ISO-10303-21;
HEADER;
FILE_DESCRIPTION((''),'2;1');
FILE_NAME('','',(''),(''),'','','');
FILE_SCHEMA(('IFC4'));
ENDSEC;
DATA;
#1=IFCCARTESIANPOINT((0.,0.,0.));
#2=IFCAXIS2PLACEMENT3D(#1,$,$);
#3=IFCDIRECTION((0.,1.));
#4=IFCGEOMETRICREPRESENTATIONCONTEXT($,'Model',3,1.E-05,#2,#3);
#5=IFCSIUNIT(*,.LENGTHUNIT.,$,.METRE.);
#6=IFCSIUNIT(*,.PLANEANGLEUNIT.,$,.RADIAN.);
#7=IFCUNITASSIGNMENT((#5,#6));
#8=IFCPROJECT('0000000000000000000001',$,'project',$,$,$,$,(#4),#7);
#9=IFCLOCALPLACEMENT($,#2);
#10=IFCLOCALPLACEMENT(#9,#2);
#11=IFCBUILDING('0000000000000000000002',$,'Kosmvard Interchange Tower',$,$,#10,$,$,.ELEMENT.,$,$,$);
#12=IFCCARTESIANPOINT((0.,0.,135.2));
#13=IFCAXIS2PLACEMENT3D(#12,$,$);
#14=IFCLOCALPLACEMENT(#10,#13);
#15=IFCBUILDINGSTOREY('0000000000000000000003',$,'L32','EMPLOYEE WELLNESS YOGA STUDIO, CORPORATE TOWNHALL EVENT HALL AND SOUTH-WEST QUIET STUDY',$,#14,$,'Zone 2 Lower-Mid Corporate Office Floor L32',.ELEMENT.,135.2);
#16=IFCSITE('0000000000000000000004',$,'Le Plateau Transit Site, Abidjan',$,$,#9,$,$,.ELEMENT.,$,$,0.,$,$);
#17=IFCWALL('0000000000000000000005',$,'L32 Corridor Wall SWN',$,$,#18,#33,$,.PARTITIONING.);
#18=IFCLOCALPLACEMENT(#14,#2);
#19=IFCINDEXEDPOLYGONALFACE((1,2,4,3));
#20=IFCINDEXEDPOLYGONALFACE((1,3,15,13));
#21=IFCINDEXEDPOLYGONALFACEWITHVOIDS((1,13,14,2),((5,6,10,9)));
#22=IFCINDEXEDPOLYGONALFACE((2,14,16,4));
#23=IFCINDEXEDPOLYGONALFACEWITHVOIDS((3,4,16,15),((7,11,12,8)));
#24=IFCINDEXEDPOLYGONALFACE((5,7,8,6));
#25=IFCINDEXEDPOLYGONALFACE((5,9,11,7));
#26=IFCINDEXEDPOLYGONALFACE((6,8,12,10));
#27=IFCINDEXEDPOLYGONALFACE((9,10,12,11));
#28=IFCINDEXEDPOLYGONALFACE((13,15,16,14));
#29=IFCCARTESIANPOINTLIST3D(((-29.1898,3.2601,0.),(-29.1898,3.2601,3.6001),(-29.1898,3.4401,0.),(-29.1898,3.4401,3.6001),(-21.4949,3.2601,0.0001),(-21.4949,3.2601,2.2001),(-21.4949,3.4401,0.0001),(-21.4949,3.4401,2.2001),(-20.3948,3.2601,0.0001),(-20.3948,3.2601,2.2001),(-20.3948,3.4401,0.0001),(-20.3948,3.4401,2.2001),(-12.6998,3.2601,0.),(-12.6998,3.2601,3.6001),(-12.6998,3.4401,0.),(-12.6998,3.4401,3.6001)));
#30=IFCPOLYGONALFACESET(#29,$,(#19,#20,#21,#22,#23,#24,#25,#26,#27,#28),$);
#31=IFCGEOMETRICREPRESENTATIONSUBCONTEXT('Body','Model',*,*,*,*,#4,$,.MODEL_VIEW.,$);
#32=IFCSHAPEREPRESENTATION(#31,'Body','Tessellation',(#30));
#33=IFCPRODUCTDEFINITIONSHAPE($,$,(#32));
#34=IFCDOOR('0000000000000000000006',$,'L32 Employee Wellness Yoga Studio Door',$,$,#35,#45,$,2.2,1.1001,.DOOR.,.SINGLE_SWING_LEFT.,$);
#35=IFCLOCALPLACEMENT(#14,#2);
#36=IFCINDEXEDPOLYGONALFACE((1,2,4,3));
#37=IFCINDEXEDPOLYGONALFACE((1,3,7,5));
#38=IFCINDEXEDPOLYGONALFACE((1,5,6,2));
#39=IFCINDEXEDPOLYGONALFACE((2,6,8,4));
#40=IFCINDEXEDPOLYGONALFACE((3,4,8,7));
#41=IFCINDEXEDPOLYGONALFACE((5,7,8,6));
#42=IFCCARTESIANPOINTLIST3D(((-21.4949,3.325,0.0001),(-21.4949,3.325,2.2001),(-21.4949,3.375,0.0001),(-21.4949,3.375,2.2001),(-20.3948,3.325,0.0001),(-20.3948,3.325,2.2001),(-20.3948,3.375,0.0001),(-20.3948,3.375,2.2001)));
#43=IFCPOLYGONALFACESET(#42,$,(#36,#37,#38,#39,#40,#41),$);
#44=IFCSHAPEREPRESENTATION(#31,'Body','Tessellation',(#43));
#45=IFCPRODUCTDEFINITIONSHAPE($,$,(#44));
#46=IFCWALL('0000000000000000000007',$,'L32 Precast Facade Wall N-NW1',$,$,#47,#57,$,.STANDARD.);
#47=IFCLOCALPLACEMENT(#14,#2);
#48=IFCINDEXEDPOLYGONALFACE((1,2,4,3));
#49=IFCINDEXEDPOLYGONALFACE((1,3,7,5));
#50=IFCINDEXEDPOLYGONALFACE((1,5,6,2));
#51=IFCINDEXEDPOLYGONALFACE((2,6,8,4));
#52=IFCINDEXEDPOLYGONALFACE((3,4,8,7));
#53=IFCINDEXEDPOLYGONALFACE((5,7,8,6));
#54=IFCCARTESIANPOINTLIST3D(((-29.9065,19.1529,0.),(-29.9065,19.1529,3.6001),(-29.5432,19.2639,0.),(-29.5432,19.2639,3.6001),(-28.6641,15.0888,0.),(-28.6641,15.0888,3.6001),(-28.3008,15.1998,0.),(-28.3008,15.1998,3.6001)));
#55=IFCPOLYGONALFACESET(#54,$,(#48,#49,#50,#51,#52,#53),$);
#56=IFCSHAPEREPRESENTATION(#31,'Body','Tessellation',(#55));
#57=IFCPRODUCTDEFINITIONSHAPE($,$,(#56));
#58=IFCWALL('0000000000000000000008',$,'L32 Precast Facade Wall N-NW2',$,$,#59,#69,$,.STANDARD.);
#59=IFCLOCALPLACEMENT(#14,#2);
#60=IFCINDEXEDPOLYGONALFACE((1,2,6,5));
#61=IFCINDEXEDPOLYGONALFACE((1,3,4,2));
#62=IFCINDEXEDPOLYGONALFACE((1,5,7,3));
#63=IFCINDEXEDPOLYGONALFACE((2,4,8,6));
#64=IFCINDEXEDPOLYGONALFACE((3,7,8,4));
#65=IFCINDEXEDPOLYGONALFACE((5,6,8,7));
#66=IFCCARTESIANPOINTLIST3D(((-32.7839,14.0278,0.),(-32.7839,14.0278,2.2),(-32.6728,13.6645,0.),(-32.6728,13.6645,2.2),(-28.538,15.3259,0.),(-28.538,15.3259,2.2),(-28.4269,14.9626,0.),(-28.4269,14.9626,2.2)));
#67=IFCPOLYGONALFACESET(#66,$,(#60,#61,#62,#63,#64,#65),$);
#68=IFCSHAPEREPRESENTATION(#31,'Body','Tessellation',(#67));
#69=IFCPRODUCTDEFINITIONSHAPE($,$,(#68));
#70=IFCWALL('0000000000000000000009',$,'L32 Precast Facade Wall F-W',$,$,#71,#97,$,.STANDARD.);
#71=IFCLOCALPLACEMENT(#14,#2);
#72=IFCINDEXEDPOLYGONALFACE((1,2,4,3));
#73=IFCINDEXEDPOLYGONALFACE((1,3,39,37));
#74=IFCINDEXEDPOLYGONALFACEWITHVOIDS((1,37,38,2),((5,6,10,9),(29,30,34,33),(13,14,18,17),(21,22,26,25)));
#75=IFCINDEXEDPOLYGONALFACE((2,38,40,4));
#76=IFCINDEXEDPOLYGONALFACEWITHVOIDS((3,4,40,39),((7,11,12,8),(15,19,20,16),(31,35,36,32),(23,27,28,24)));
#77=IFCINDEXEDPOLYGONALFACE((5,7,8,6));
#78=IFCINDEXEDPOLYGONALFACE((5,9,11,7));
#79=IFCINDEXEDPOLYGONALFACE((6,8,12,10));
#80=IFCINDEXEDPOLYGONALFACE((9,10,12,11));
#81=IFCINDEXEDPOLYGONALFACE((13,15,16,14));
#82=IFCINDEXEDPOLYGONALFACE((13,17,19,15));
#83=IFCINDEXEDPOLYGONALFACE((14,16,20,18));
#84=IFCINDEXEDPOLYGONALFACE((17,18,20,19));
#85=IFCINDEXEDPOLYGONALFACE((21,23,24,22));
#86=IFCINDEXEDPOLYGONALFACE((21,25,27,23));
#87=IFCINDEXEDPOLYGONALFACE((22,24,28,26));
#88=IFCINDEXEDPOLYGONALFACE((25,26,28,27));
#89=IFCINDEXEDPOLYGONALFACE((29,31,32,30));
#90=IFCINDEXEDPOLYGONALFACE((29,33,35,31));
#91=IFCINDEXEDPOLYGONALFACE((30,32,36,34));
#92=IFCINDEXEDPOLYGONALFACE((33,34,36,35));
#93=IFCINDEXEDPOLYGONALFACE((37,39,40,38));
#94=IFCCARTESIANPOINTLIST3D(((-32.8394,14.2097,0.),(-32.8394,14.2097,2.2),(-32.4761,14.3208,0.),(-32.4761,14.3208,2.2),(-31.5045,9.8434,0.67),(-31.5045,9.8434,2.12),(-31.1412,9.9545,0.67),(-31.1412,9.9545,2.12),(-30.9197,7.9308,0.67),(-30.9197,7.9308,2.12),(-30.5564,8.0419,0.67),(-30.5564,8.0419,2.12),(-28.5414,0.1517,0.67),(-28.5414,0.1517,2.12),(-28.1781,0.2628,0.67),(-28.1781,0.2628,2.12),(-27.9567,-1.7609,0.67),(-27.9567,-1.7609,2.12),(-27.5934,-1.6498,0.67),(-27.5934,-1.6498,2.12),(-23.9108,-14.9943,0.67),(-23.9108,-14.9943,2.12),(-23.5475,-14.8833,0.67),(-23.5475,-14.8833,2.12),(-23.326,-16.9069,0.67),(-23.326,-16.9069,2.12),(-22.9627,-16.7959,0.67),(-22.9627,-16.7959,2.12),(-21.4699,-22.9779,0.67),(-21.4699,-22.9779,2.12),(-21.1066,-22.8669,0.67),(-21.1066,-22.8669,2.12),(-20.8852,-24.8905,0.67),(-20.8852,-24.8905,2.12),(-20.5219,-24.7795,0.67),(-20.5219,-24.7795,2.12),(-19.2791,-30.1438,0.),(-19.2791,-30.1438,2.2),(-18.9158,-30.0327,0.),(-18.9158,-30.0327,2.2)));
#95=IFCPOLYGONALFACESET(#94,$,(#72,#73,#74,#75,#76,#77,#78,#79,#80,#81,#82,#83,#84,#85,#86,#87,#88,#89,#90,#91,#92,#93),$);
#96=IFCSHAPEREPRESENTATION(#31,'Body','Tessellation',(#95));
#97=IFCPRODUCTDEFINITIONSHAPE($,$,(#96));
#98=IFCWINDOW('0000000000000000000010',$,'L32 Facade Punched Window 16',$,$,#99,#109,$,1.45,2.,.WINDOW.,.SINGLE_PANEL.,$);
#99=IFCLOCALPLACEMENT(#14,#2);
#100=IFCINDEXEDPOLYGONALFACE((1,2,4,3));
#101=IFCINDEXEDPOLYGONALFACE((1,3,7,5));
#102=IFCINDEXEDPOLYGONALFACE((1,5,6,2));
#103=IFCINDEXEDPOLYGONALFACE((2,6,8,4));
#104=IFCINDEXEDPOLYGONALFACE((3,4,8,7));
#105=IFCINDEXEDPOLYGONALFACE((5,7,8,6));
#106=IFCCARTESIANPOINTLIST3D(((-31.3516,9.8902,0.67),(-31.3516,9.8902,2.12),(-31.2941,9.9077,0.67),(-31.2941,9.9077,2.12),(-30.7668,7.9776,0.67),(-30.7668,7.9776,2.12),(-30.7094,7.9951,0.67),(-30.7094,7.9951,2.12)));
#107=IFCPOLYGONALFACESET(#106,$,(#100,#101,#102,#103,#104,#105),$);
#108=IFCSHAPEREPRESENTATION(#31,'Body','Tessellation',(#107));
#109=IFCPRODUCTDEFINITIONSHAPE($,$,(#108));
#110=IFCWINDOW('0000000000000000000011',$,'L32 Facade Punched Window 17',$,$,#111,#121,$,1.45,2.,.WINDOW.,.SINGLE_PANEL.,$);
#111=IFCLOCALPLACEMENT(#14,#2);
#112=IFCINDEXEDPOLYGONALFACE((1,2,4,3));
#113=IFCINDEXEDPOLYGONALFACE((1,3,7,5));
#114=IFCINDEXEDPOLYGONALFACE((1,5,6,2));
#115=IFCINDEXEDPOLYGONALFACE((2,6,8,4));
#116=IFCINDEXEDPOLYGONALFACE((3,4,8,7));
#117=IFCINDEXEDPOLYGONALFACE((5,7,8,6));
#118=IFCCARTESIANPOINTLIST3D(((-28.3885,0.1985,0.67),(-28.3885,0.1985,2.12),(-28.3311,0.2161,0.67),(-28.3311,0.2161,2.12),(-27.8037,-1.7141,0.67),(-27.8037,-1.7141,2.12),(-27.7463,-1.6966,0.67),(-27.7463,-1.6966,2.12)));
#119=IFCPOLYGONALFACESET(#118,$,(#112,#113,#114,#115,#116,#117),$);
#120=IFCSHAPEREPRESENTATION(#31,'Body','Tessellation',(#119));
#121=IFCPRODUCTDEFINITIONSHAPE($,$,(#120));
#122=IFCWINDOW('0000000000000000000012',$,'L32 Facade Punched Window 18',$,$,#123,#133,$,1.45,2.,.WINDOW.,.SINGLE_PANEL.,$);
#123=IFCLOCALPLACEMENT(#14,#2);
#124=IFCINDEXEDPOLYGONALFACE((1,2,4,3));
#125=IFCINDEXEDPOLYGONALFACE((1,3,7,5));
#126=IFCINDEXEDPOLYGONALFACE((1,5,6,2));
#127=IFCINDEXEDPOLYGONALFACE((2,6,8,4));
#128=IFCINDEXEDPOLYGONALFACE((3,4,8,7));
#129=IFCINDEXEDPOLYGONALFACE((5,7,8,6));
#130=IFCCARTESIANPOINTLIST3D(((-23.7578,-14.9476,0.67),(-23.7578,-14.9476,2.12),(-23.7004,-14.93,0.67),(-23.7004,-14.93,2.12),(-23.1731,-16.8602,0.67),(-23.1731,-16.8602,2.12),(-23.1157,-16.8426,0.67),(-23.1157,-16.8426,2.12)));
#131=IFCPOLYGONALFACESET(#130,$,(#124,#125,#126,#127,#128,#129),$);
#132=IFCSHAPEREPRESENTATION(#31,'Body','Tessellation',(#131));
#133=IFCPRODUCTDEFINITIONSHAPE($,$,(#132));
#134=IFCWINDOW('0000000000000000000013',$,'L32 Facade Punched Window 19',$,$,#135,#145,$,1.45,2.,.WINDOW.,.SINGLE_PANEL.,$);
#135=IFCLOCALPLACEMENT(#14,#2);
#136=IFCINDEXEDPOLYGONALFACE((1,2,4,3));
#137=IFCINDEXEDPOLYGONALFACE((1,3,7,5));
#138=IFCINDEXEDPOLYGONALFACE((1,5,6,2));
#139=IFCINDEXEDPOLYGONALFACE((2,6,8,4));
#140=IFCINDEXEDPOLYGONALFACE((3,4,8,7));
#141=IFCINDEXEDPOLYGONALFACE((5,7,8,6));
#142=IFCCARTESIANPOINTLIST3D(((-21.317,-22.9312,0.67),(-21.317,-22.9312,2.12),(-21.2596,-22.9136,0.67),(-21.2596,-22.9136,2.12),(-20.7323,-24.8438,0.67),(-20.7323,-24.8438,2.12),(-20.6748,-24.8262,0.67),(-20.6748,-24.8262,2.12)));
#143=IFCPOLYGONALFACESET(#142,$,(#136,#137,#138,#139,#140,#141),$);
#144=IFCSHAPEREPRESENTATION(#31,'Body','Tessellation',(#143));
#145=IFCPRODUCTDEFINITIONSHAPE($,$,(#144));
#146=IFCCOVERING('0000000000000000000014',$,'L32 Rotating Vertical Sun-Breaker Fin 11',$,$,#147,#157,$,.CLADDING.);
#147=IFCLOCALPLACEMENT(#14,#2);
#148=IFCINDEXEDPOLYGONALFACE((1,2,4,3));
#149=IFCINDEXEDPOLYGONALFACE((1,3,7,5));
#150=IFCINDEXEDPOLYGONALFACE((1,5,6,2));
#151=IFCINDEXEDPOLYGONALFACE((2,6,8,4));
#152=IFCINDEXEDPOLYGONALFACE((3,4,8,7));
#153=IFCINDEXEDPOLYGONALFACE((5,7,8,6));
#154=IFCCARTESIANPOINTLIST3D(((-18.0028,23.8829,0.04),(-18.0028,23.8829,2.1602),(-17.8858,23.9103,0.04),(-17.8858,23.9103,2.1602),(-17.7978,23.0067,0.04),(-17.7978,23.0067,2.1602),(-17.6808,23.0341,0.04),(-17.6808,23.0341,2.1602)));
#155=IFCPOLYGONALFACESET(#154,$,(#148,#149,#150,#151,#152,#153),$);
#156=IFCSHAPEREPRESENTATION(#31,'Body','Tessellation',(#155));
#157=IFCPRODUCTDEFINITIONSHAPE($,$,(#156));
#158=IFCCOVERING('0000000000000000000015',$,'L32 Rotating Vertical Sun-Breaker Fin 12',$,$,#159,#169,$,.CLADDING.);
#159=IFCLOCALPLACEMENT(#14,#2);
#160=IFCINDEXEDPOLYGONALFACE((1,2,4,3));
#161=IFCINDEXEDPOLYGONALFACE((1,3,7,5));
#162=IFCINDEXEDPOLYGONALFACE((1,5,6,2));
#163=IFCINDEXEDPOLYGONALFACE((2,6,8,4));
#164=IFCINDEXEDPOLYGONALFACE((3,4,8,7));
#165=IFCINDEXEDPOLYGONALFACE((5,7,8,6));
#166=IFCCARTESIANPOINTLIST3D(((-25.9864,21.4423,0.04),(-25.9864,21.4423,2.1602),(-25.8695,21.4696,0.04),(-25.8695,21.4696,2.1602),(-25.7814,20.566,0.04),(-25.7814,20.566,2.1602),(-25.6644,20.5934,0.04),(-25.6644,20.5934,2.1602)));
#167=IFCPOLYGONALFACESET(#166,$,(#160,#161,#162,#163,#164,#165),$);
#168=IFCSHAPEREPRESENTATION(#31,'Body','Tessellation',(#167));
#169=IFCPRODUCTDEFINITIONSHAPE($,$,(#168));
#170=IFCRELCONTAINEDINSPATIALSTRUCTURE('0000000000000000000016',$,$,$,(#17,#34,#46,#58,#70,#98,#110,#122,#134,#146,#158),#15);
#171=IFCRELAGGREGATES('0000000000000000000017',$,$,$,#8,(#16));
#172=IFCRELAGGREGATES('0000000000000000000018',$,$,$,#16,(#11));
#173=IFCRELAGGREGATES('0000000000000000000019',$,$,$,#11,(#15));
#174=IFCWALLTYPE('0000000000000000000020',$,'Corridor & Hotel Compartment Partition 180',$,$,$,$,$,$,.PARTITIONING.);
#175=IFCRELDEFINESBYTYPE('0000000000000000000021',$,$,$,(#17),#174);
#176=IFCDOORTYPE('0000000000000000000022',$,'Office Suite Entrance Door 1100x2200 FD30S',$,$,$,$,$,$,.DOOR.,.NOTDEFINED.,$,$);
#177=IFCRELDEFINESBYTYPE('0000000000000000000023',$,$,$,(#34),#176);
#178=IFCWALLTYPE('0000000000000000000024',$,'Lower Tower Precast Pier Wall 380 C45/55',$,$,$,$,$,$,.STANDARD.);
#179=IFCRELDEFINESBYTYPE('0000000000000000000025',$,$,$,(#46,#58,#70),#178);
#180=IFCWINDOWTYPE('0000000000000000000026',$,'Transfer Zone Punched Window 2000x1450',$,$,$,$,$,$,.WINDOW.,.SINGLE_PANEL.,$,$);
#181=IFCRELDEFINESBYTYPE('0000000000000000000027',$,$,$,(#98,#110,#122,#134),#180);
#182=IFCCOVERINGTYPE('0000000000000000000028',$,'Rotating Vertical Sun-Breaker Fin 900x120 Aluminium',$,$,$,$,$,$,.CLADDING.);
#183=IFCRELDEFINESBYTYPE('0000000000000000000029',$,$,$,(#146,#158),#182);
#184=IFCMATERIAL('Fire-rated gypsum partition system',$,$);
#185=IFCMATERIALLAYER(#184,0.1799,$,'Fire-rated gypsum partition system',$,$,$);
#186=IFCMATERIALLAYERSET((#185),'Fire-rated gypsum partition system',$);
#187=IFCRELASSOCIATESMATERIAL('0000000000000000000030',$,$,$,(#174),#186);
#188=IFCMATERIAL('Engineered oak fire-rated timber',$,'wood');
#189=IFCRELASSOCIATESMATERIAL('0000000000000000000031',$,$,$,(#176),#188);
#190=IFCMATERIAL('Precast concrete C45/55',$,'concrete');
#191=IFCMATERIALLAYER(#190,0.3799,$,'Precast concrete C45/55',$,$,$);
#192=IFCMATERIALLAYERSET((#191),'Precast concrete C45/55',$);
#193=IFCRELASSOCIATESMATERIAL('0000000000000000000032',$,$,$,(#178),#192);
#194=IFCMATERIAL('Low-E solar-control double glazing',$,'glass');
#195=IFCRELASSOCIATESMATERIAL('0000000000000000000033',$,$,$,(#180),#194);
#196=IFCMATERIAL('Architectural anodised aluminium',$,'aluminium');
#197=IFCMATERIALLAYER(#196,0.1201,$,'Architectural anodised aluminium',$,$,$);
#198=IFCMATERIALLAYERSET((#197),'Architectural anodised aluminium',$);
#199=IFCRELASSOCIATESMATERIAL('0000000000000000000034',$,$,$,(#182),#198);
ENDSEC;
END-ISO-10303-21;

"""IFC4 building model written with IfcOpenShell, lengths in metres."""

from ifc_helpers import new_model, si_unit, direction, frame, frame_2d, origin, origin_2d, place, context, subcontext, project, spatial, rectangle, extrude, source, transform, mapped, material, layer, layer_set, type_object, element, fill, save


model = new_model("IFC4")

# Units and contexts
model_context = context("Model", 3, precision=1e-05, world=origin(), true_north=direction((0.0, 1.0)))
body_context = subcontext(model_context, "Body", "Model", "MODEL_VIEW")
ifc_project = project(units=[si_unit("LENGTHUNIT", "METRE"), si_unit("PLANEANGLEUNIT", "RADIAN")], contexts=[model_context])

# Site, building, storey
site_placement = place(None, origin())
site = spatial("IfcSite", under=ifc_project, at=site_placement, Name="Le Plateau Transit Site, Abidjan", CompositionType="ELEMENT", RefElevation=0.0)
building_placement = place(site_placement, origin())
building = spatial("IfcBuilding", under=site, at=building_placement, Name="Kosmvard Interchange Tower", CompositionType="ELEMENT")
storey_placement = place(building_placement, frame((0.0, 0.0, 135.2)))
storey = spatial("IfcBuildingStorey", under=building, at=storey_placement, Name="L32", Description="EMPLOYEE WELLNESS YOGA STUDIO, CORPORATE TOWNHALL EVENT HALL AND SOUTH-WEST QUIET STUDY", LongName="Zone 2 Lower-Mid Corporate Office Floor L32", CompositionType="ELEMENT", Elevation=135.2)

# Shared definitions
ifc_material_1 = material(Name="Precast concrete C45/55", Category="concrete")

# Shared definitions
ifc_material_2 = material(Name="Fire-rated gypsum partition system")
ifc_layer_1 = layer(ifc_material_2, 0.1799, Name="Fire-rated gypsum partition system")
ifc_layer_set_1 = layer_set([ifc_layer_1], Name="Fire-rated gypsum partition system")
wall_type_1 = type_object("IfcWallType", Name="Corridor & Hotel Compartment Partition 180", PredefinedType="PARTITIONING", material=ifc_layer_set_1)

# Wall, opening, door
wall_1_placement = place(storey_placement, frame((-29.1899, 3.3501, 0.0), z_axis=(0.0, 0.0, 1.0), x_axis=(1.0, 0.0, 0.0)))
wall_1 = element("IfcWall", 1, at=wall_1_placement, inside=storey, type_object=wall_type_1, Name="L32 Corridor Wall SWN", PredefinedType="PARTITIONING", context=body_context, shape_type="SweptSolid", body=[
    extrude(rectangle(XDim=16.49, YDim=0.1799, at=frame_2d((8.2451, 0.0))), origin(), (0.0, 0.0, 1.0), 3.6001),
])
opening_1_placement = place(wall_1_placement, frame((7.6951, 0.0, 0.0)))
opening_1 = element("IfcOpeningElement", 2, at=opening_1_placement, cuts=wall_1, PredefinedType="OPENING", context=body_context, shape_type="SweptSolid", body=[
    extrude(rectangle(XDim=1.1001, YDim=2.2, at=frame_2d((0.55, 1.1001))), frame((0.0, 0.1001, 0.0), z_axis=(0.0, -1.0, 0.0), x_axis=(1.0, 0.0, 0.0)), (0.0, 0.0, 1.0), 0.2),
])
ifc_material_3 = material(Name="Engineered oak fire-rated timber", Category="wood")
door_type_1 = type_object("IfcDoorType", Name="Office Suite Entrance Door 1100x2200 FD30S", OperationType="NOTDEFINED", PredefinedType="DOOR", material=ifc_material_3)
shared_shape_1 = source(origin(), body_context, "Body", "SweptSolid", [
    extrude(rectangle(XDim=1.1001, YDim=2.2, at=frame_2d((0.55, 1.1001))), frame((0.0, 0.0249, 0.0), z_axis=(0.0, -1.0, 0.0), x_axis=(1.0, 0.0, 0.0)), (0.0, 0.0, 1.0), 0.05),
])
door_1_placement = place(opening_1_placement, origin())
door_1 = element("IfcDoor", 3, at=door_1_placement, inside=storey, type_object=door_type_1, Name="L32 Employee Wellness Yoga Studio Door", OperationType="SINGLE_SWING_LEFT", OverallHeight=2.2, OverallWidth=1.1001, PredefinedType="DOOR", context=body_context, shape_type="MappedRepresentation", body=[
    mapped(shared_shape_1, transform((0.0, 0.0, 0.0), scale=1.0)),
])
fill(opening_1, door_1)

# Walls
ifc_layer_2 = layer(ifc_material_1, 0.3799, Name="Precast concrete C45/55")
ifc_layer_set_2 = layer_set([ifc_layer_2], Name="Precast concrete C45/55")
wall_type_2 = type_object("IfcWallType", Name="Lower Tower Precast Pier Wall 380 C45/55", PredefinedType="STANDARD", material=ifc_layer_set_2)
wall_2_placement = place(storey_placement, frame((-29.7249, 19.2085, 0.0), z_axis=(0.0, 0.0, 1.0), x_axis=(0.292346, -0.956313, 0.0)))
element("IfcWall", 4, at=wall_2_placement, inside=storey, type_object=wall_type_2, Name="L32 Precast Facade Wall N-NW1", PredefinedType="STANDARD", context=body_context, shape_type="SweptSolid", body=[
    extrude(rectangle(XDim=4.2498, YDim=0.3799, at=frame_2d((2.125, 0.0))), origin(), (0.0, 0.0, 1.0), 3.6001),
])
wall_3_placement = place(storey_placement, frame((-28.4824, 15.1443, 0.0), z_axis=(0.0, 0.0, 1.0), x_axis=(-0.956304, -0.292374, 0.0)))
element("IfcWall", 5, at=wall_3_placement, inside=storey, type_object=wall_type_2, Name="L32 Precast Facade Wall N-NW2", PredefinedType="STANDARD", context=body_context, shape_type="SweptSolid", body=[
    extrude(rectangle(XDim=4.4399, YDim=0.3799, at=frame_2d((2.22, 0.0))), origin(), (0.0, 0.0, 1.0), 2.2),
])

# Wall, openings, windows
wall_4_placement = place(storey_placement, frame((-32.6577, 14.2651, 0.0), z_axis=(0.0, 0.0, 1.0), x_axis=(0.292373, -0.956304, 0.0)))
wall_4 = element("IfcWall", 6, at=wall_4_placement, inside=storey, type_object=wall_type_2, Name="L32 Precast Facade Wall F-W", PredefinedType="STANDARD", context=body_context, shape_type="SweptSolid", body=[
    extrude(rectangle(XDim=46.3801, YDim=0.3799, at=frame_2d((23.1899, 0.0))), origin(), (0.0, 0.0, 1.0), 2.2),
])
opening_2_placement = place(wall_4_placement, frame((4.5657, 0.0, 0.6699)))
opening_2 = element("IfcOpeningElement", 7, at=opening_2_placement, cuts=wall_4, PredefinedType="OPENING", context=body_context, shape_type="SweptSolid", body=[
    extrude(rectangle(XDim=2.0, YDim=1.45, at=frame_2d((1.0, 0.7251))), frame((0.0, 0.2, 0.0), z_axis=(0.0, -1.0, 0.0), x_axis=(1.0, 0.0, 0.0)), (0.0, 0.0, 1.0), 0.3999),
])
opening_3_placement = place(wall_4_placement, frame((14.7002, 0.0, 0.6699)))
opening_3 = element("IfcOpeningElement", 8, at=opening_3_placement, cuts=wall_4, PredefinedType="OPENING", context=body_context, shape_type="SweptSolid", body=[
    extrude(rectangle(XDim=2.0, YDim=1.45, at=frame_2d((1.0, 0.7251))), frame((0.0, 0.2, 0.0), z_axis=(0.0, -1.0, 0.0), x_axis=(1.0, 0.0, 0.0)), (0.0, 0.0, 1.0), 0.3999),
])
opening_4_placement = place(wall_4_placement, frame((30.5383, 0.0, 0.6699)))
opening_4 = element("IfcOpeningElement", 9, at=opening_4_placement, cuts=wall_4, PredefinedType="OPENING", context=body_context, shape_type="SweptSolid", body=[
    extrude(rectangle(XDim=2.0, YDim=1.45, at=frame_2d((1.0, 0.7251))), frame((0.0, 0.2, 0.0), z_axis=(0.0, -1.0, 0.0), x_axis=(1.0, 0.0, 0.0)), (0.0, 0.0, 1.0), 0.3999),
])
opening_5_placement = place(wall_4_placement, frame((38.8867, 0.0, 0.6699)))
opening_5 = element("IfcOpeningElement", 10, at=opening_5_placement, cuts=wall_4, PredefinedType="OPENING", context=body_context, shape_type="SweptSolid", body=[
    extrude(rectangle(XDim=2.0, YDim=1.45, at=frame_2d((1.0, 0.7251))), frame((0.0, 0.2, 0.0), z_axis=(0.0, -1.0, 0.0), x_axis=(1.0, 0.0, 0.0)), (0.0, 0.0, 1.0), 0.3999),
])
ifc_material_4 = material(Name="Low-E solar-control double glazing", Category="glass")
window_type = type_object("IfcWindowType", Name="Transfer Zone Punched Window 2000x1450", PartitioningType="SINGLE_PANEL", PredefinedType="WINDOW", material=ifc_material_4)
shared_shape_2 = source(origin(), body_context, "Body", "SweptSolid", [
    extrude(rectangle(XDim=2.0, YDim=1.45, at=frame_2d((1.0, 0.7251))), frame((0.0, 0.03, 0.0), z_axis=(0.0, -1.0, 0.0), x_axis=(1.0, 0.0, 0.0)), (0.0, 0.0, 1.0), 0.0601),
])
window_1_placement = place(opening_2_placement, origin())
window_1 = element("IfcWindow", 11, at=window_1_placement, inside=storey, type_object=window_type, Name="L32 Facade Punched Window 16", OverallHeight=1.45, OverallWidth=2.0, PartitioningType="SINGLE_PANEL", PredefinedType="WINDOW", context=body_context, shape_type="MappedRepresentation", body=[
    mapped(shared_shape_2, transform((0.0, 0.0, 0.0), scale=1.0)),
])
fill(opening_2, window_1)
window_2_placement = place(opening_3_placement, origin())
window_2 = element("IfcWindow", 12, at=window_2_placement, inside=storey, type_object=window_type, Name="L32 Facade Punched Window 17", OverallHeight=1.45, OverallWidth=2.0, PartitioningType="SINGLE_PANEL", PredefinedType="WINDOW", context=body_context, shape_type="MappedRepresentation", body=[
    mapped(shared_shape_2, transform((0.0, 0.0, 0.0), scale=1.0)),
])
fill(opening_3, window_2)
window_3_placement = place(opening_4_placement, origin())
window_3 = element("IfcWindow", 13, at=window_3_placement, inside=storey, type_object=window_type, Name="L32 Facade Punched Window 18", OverallHeight=1.45, OverallWidth=2.0, PartitioningType="SINGLE_PANEL", PredefinedType="WINDOW", context=body_context, shape_type="MappedRepresentation", body=[
    mapped(shared_shape_2, transform((0.0, 0.0, 0.0), scale=1.0)),
])
fill(opening_4, window_3)
window_4_placement = place(opening_5_placement, origin())
window_4 = element("IfcWindow", 14, at=window_4_placement, inside=storey, type_object=window_type, Name="L32 Facade Punched Window 19", OverallHeight=1.45, OverallWidth=2.0, PartitioningType="SINGLE_PANEL", PredefinedType="WINDOW", context=body_context, shape_type="MappedRepresentation", body=[
    mapped(shared_shape_2, transform((0.0, 0.0, 0.0), scale=1.0)),
])
fill(opening_5, window_4)

# Coverings
ifc_material_5 = material(Name="Architectural anodised aluminium", Category="aluminium")
ifc_layer_3 = layer(ifc_material_5, 0.1201, Name="Architectural anodised aluminium")
ifc_layer_set_3 = layer_set([ifc_layer_3], Name="Architectural anodised aluminium")
covering_type = type_object("IfcCoveringType", Name="Rotating Vertical Sun-Breaker Fin 900x120 Aluminium", PredefinedType="CLADDING", material=ifc_layer_set_3)
shared_shape_3 = source(origin(), body_context, "Body", "SweptSolid", [
    extrude(rectangle(XDim=0.8999, YDim=0.1201, at=origin_2d()), origin(), (0.0, 0.0, 1.0), 2.1201),
])
for number, where, z_axis, x_axis, name in (
    (15, (-17.8418, 23.4585, 0.04), (0.0, 0.0, 1.0), (-0.227841, 0.973698, 0.0), "L32 Rotating Vertical Sun-Breaker Fin 11"),
    (16, (-25.8254, 21.0178, 0.04), (0.0, 0.0, 1.0), (-0.227841, 0.973698, 0.0), "L32 Rotating Vertical Sun-Breaker Fin 12"),
):
    element("IfcCovering", number, at=place(storey_placement, frame(where, z_axis=z_axis, x_axis=x_axis)), inside=storey, type_object=covering_type, Name=name, PredefinedType="CLADDING", context=body_context, shape_type="MappedRepresentation", body=[
        mapped(shared_shape_3, transform((0.0, 0.0, 0.0), scale=1.0)),
    ])

save(model, "model.ifc")
